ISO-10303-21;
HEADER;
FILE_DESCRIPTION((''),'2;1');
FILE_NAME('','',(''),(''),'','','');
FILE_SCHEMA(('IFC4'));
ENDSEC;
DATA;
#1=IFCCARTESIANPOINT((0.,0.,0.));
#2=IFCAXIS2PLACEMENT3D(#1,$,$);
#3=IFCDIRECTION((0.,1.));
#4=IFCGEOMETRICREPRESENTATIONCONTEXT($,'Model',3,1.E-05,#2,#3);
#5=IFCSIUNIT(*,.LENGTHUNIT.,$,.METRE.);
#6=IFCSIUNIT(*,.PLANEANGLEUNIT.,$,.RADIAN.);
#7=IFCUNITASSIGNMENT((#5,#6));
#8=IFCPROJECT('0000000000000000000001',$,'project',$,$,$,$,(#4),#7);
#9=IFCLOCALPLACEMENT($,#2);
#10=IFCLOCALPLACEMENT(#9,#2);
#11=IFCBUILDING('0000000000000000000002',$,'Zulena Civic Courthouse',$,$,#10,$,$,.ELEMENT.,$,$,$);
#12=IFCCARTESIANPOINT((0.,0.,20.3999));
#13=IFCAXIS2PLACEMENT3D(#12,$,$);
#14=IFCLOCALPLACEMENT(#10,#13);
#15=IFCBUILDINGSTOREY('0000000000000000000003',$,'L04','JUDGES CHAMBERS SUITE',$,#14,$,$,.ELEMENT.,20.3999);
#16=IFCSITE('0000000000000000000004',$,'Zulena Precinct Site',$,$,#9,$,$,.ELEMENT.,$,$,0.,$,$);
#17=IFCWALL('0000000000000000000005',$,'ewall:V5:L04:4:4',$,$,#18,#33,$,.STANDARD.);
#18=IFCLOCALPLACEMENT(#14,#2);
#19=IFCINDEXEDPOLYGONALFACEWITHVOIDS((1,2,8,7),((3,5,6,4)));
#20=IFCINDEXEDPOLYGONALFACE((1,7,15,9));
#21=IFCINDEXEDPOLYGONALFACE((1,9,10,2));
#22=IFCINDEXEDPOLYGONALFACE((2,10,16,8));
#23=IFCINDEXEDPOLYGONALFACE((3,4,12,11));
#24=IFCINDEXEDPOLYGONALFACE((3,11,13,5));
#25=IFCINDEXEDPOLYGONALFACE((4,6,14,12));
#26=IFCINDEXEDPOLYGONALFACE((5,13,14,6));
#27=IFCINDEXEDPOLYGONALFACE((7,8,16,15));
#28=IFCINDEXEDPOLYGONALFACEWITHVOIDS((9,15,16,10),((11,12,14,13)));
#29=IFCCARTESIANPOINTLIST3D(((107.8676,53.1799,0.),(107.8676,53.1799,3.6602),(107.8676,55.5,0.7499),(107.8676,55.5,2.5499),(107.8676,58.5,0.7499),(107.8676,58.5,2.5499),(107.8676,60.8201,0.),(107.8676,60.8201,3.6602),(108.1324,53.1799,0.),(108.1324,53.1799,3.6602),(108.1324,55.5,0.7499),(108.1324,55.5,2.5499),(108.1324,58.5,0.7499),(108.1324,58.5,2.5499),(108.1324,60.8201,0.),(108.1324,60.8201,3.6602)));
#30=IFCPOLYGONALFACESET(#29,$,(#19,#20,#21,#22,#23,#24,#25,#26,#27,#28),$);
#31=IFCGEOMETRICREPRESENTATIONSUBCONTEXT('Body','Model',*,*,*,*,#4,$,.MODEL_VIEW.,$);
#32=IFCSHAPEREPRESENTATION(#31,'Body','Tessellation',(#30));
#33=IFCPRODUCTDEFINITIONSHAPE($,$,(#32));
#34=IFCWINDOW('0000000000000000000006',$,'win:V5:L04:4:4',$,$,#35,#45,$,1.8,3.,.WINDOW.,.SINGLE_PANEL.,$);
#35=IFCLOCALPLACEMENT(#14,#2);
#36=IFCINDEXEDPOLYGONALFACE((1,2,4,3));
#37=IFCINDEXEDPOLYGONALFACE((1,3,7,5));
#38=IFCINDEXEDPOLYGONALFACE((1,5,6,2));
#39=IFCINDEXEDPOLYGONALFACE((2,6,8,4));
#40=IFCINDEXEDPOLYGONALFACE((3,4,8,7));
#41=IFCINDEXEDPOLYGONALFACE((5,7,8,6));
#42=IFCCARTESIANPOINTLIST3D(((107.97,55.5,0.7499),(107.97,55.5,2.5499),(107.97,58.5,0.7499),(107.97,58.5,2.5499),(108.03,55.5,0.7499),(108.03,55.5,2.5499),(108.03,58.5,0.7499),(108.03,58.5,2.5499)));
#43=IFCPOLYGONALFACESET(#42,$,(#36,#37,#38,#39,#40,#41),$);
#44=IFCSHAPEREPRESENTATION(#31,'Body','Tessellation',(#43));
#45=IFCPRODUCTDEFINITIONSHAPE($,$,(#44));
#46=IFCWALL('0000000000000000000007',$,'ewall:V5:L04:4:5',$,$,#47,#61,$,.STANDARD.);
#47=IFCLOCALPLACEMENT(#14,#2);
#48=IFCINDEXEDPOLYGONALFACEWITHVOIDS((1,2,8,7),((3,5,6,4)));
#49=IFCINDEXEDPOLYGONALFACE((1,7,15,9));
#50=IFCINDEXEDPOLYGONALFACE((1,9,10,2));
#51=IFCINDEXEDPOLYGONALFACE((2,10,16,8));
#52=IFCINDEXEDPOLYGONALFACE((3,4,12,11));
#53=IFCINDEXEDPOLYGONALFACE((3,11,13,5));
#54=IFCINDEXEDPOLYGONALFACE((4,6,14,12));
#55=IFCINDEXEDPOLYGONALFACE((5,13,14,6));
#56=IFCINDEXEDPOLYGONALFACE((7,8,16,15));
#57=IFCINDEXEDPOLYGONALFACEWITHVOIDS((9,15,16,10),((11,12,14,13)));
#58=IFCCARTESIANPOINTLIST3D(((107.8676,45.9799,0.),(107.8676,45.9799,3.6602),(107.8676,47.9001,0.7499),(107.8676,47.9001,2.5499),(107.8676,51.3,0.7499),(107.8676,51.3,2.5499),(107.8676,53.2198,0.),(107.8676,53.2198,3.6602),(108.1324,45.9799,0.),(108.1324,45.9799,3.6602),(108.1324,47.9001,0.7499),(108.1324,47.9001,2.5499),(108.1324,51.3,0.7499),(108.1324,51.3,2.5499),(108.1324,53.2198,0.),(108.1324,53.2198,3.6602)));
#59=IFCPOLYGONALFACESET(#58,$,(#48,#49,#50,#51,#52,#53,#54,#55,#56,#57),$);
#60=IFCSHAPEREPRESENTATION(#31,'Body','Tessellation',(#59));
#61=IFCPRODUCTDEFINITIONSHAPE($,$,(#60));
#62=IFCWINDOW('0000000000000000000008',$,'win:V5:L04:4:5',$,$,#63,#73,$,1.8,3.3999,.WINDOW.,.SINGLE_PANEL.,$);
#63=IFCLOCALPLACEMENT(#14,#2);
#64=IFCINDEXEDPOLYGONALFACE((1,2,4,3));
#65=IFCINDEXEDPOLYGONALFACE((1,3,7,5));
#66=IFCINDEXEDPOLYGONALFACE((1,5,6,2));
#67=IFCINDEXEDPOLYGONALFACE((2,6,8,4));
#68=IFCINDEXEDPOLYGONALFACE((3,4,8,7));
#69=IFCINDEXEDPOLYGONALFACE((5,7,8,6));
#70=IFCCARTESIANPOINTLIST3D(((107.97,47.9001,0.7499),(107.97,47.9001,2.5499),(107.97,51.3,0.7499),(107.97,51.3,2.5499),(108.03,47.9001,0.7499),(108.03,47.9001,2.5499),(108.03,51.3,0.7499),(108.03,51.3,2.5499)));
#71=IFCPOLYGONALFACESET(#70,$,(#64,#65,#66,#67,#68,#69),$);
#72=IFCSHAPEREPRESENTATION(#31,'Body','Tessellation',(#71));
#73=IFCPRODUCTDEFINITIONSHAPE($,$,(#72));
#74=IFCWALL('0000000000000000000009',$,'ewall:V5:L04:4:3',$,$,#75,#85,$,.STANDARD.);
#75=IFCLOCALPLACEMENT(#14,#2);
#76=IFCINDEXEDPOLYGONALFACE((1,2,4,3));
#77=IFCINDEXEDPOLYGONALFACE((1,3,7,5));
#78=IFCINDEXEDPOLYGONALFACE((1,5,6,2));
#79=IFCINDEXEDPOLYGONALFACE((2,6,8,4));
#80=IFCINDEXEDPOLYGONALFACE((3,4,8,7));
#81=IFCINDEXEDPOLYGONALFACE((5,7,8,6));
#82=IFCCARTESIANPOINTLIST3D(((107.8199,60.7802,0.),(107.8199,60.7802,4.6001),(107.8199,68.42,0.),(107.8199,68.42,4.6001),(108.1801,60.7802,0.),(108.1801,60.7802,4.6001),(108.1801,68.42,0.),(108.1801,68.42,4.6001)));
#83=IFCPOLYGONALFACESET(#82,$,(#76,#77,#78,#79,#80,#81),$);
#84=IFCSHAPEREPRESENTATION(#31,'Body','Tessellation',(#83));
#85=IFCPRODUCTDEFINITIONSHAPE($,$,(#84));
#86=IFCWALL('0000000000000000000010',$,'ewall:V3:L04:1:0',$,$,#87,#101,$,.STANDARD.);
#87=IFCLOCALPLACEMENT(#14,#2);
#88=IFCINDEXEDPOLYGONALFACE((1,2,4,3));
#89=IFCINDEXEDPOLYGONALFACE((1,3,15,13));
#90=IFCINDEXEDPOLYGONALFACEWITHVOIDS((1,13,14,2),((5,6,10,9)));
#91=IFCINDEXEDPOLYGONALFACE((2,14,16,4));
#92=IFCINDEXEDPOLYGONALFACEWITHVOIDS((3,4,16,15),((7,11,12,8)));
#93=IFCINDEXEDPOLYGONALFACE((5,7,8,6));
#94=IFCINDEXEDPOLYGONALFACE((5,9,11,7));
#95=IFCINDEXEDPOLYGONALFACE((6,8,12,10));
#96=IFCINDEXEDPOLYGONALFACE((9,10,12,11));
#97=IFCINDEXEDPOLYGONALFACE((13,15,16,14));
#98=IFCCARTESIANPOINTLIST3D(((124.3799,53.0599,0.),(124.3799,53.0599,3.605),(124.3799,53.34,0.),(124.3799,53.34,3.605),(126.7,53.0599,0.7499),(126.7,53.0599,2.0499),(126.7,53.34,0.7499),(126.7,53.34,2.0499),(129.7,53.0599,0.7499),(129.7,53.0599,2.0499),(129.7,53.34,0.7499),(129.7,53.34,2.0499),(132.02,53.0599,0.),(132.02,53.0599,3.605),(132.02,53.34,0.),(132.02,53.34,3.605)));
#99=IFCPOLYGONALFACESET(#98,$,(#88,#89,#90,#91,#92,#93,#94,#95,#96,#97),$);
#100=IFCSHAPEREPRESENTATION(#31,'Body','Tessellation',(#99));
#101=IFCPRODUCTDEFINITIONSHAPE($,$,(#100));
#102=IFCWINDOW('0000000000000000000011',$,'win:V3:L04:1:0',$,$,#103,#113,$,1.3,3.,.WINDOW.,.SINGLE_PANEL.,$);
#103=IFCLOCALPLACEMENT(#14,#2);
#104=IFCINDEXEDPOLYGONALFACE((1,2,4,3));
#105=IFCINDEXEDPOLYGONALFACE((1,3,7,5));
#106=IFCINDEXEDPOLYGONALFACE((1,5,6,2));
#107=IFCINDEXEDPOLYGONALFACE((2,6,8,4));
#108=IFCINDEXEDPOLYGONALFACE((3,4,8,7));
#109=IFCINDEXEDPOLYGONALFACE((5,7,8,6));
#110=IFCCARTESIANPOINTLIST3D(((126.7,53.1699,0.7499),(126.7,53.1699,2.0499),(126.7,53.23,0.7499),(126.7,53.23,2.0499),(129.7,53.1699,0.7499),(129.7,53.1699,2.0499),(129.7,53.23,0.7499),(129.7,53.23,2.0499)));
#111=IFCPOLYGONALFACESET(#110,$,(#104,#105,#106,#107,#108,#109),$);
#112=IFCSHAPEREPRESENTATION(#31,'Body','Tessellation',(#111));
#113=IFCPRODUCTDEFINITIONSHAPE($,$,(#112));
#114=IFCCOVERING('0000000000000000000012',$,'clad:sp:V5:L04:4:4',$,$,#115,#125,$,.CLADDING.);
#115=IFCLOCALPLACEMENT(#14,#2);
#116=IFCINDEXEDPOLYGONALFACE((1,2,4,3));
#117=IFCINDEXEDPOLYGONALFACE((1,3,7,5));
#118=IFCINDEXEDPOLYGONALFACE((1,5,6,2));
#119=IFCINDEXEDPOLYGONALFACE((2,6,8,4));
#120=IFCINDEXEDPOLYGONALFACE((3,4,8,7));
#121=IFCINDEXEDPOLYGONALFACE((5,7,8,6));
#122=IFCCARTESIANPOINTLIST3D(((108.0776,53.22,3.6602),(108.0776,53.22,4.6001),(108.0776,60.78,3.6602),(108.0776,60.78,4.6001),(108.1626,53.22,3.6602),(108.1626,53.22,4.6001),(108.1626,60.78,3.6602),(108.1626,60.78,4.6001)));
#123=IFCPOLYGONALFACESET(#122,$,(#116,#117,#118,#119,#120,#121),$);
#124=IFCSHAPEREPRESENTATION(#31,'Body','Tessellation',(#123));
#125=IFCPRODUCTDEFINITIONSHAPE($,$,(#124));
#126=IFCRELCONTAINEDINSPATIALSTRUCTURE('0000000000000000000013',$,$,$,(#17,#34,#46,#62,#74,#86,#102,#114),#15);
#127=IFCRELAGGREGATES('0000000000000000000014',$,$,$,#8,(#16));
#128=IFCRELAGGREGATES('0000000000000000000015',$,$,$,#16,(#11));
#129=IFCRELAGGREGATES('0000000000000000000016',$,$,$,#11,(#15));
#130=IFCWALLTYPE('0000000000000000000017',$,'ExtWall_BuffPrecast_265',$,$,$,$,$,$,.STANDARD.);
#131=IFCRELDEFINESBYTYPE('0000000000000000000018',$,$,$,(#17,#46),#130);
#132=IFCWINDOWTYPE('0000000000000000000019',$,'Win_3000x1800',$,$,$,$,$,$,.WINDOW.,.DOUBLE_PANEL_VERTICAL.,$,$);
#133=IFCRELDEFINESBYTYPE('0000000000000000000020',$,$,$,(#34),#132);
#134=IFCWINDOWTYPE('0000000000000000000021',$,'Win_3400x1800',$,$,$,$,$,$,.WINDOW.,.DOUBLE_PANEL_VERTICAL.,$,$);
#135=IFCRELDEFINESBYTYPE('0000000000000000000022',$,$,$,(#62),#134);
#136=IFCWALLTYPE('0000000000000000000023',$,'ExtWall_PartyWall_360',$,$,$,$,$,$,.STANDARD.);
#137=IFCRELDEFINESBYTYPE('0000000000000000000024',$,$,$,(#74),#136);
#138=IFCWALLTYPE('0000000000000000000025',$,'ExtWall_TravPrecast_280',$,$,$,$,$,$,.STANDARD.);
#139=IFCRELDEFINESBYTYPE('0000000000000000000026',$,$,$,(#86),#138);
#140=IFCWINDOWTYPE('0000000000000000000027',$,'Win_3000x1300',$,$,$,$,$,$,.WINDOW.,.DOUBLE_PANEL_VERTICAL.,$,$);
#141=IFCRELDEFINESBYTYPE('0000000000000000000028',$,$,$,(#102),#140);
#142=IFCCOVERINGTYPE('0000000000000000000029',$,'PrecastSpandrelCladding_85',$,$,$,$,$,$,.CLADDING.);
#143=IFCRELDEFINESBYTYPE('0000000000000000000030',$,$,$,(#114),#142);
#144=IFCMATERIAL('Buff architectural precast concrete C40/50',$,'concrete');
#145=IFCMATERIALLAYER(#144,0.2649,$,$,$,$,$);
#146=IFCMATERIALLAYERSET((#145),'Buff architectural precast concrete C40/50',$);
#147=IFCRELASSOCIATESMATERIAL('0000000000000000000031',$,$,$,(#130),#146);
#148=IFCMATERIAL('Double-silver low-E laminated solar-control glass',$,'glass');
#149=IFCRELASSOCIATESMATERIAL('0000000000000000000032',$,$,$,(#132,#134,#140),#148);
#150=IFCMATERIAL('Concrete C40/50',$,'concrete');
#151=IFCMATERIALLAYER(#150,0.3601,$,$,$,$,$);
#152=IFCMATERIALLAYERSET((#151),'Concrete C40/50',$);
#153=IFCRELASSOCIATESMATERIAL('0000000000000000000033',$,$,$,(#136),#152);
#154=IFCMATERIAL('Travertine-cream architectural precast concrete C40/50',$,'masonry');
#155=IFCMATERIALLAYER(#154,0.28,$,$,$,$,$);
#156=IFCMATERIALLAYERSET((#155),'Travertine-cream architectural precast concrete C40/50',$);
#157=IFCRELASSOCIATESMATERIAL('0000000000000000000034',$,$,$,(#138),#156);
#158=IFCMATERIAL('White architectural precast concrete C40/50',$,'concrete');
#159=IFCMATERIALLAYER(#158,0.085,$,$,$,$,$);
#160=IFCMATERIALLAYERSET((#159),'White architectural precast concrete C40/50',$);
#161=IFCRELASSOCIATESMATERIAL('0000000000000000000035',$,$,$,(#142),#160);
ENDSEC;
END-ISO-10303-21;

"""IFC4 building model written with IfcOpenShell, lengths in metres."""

from ifc_helpers import new_model, si_unit, direction, frame, frame_2d, origin, origin_2d, place, context, subcontext, project, spatial, rectangle, extrude, material, layer, layer_set, type_object, element, fill, save


model = new_model("IFC4")

# Units and contexts
model_context = context("Model", 3, precision=1e-05, world=origin(), true_north=direction((0.0, 1.0)))
body_context = subcontext(model_context, "Body", "Model", "MODEL_VIEW")
ifc_project = project(units=[si_unit("LENGTHUNIT", "METRE"), si_unit("PLANEANGLEUNIT", "RADIAN")], contexts=[model_context])

# Site, building, storey
site_placement = place(None, origin())
site = spatial("IfcSite", under=ifc_project, at=site_placement, Name="Zulena Precinct Site", CompositionType="ELEMENT", RefElevation=0.0)
building_placement = place(site_placement, origin())
building = spatial("IfcBuilding", under=site, at=building_placement, Name="Zulena Civic Courthouse", CompositionType="ELEMENT")
storey_placement = place(building_placement, frame((0.0, 0.0, 20.3999)))
storey = spatial("IfcBuildingStorey", under=building, at=storey_placement, Name="L04", Description="JUDGES CHAMBERS SUITE", CompositionType="ELEMENT", Elevation=20.3999)

# Walls, openings, windows
ifc_material_1 = material(Name="Buff architectural precast concrete C40/50", Category="concrete")
ifc_layer_1 = layer(ifc_material_1, 0.2649)
ifc_layer_set_1 = layer_set([ifc_layer_1], Name="Buff architectural precast concrete C40/50")
wall_type_1 = type_object("IfcWallType", Name="ExtWall_BuffPrecast_265", PredefinedType="STANDARD", material=ifc_layer_set_1)
wall_1_placement = place(storey_placement, frame((108.0, 60.8201, 0.0), z_axis=(0.0, 0.0, 1.0), x_axis=(0.0, -1.0, 0.0)))
wall_1 = element("IfcWall", 1, at=wall_1_placement, inside=storey, type_object=wall_type_1, Name="ewall:V5:L04:4:4", PredefinedType="STANDARD", context=body_context, shape_type="SweptSolid", body=[
    extrude(rectangle(XDim=7.6401, YDim=0.2649, at=frame_2d((3.8201, 0.0))), origin(), (0.0, 0.0, 1.0), 3.6602),
])
opening_1_placement = place(wall_1_placement, frame((2.3201, 0.0, 0.75)))
opening_1 = element("IfcOpeningElement", 2, at=opening_1_placement, cuts=wall_1, PredefinedType="OPENING", context=body_context, shape_type="SweptSolid", body=[
    extrude(rectangle(XDim=3.0, YDim=1.8, at=frame_2d((1.5, 0.8999))), frame((0.0, 0.1423, 0.0), z_axis=(0.0, -1.0, 0.0), x_axis=(1.0, 0.0, 0.0)), (0.0, 0.0, 1.0), 0.2849),
])
ifc_material_2 = material(Name="Double-silver low-E laminated solar-control glass", Category="glass")
window_type_1 = type_object("IfcWindowType", Name="Win_3000x1800", PartitioningType="DOUBLE_PANEL_VERTICAL", PredefinedType="WINDOW", material=ifc_material_2)
window_1_placement = place(opening_1_placement, origin())
window_1 = element("IfcWindow", 3, at=window_1_placement, inside=storey, type_object=window_type_1, Name="win:V5:L04:4:4", OverallHeight=1.8, OverallWidth=3.0, PartitioningType="SINGLE_PANEL", PredefinedType="WINDOW", context=body_context, shape_type="SweptSolid", body=[
    extrude(rectangle(XDim=3.0, YDim=1.8, at=frame_2d((1.5, 0.8999))), frame((0.0, 0.03, 0.0), z_axis=(0.0, -1.0, 0.0), x_axis=(1.0, 0.0, 0.0)), (0.0, 0.0, 1.0), 0.0601),
])
fill(opening_1, window_1)
wall_2_placement = place(storey_placement, frame((108.0, 53.22, 0.0), z_axis=(0.0, 0.0, 1.0), x_axis=(0.0, -1.0, 0.0)))
wall_2 = element("IfcWall", 4, at=wall_2_placement, inside=storey, type_object=wall_type_1, Name="ewall:V5:L04:4:5", PredefinedType="STANDARD", context=body_context, shape_type="SweptSolid", body=[
    extrude(rectangle(XDim=7.24, YDim=0.2649, at=frame_2d((3.6201, 0.0))), origin(), (0.0, 0.0, 1.0), 3.6602),
])
opening_2_placement = place(wall_2_placement, frame((1.9199, 0.0, 0.75)))
opening_2 = element("IfcOpeningElement", 5, at=opening_2_placement, cuts=wall_2, PredefinedType="OPENING", context=body_context, shape_type="SweptSolid", body=[
    extrude(rectangle(XDim=3.3999, YDim=1.8, at=frame_2d((1.7, 0.8999))), frame((0.0, 0.1423, 0.0), z_axis=(0.0, -1.0, 0.0), x_axis=(1.0, 0.0, 0.0)), (0.0, 0.0, 1.0), 0.2849),
])
window_type_2 = type_object("IfcWindowType", Name="Win_3400x1800", PartitioningType="DOUBLE_PANEL_VERTICAL", PredefinedType="WINDOW", material=ifc_material_2)
window_2_placement = place(opening_2_placement, origin())
window_2 = element("IfcWindow", 6, at=window_2_placement, inside=storey, type_object=window_type_2, Name="win:V5:L04:4:5", OverallHeight=1.8, OverallWidth=3.3999, PartitioningType="SINGLE_PANEL", PredefinedType="WINDOW", context=body_context, shape_type="SweptSolid", body=[
    extrude(rectangle(XDim=3.3999, YDim=1.8, at=frame_2d((1.7, 0.8999))), frame((0.0, 0.03, 0.0), z_axis=(0.0, -1.0, 0.0), x_axis=(1.0, 0.0, 0.0)), (0.0, 0.0, 1.0), 0.0601),
])
fill(opening_2, window_2)

# Wall
ifc_material_3 = material(Name="Concrete C40/50", Category="concrete")
ifc_layer_2 = layer(ifc_material_3, 0.3601)
ifc_layer_set_2 = layer_set([ifc_layer_2], Name="Concrete C40/50")
wall_type_2 = type_object("IfcWallType", Name="ExtWall_PartyWall_360", PredefinedType="STANDARD", material=ifc_layer_set_2)
wall_3_placement = place(storey_placement, frame((108.0, 68.4199, 0.0), z_axis=(0.0, 0.0, 1.0), x_axis=(0.0, -1.0, 0.0)))
element("IfcWall", 7, at=wall_3_placement, inside=storey, type_object=wall_type_2, Name="ewall:V5:L04:4:3", PredefinedType="STANDARD", context=body_context, shape_type="SweptSolid", body=[
    extrude(rectangle(XDim=7.6399, YDim=0.3601, at=frame_2d((3.8198, 0.0))), origin(), (0.0, 0.0, 1.0), 4.6001),
])

# Wall, opening, window
ifc_material_4 = material(Name="Travertine-cream architectural precast concrete C40/50", Category="masonry")
ifc_layer_3 = layer(ifc_material_4, 0.28)
ifc_layer_set_3 = layer_set([ifc_layer_3], Name="Travertine-cream architectural precast concrete C40/50")
wall_type_3 = type_object("IfcWallType", Name="ExtWall_TravPrecast_280", PredefinedType="STANDARD", material=ifc_layer_set_3)
wall_4_placement = place(storey_placement, frame((124.3799, 53.2, 0.0), z_axis=(0.0, 0.0, 1.0), x_axis=(1.0, 0.0, 0.0)))
wall_4 = element("IfcWall", 8, at=wall_4_placement, inside=storey, type_object=wall_type_3, Name="ewall:V3:L04:1:0", PredefinedType="STANDARD", context=body_context, shape_type="SweptSolid", body=[
    extrude(rectangle(XDim=7.6401, YDim=0.28, at=frame_2d((3.8201, 0.0))), origin(), (0.0, 0.0, 1.0), 3.605),
])
opening_3_placement = place(wall_4_placement, frame((2.3201, 0.0, 0.75)))
opening_3 = element("IfcOpeningElement", 9, at=opening_3_placement, cuts=wall_4, PredefinedType="OPENING", context=body_context, shape_type="SweptSolid", body=[
    extrude(rectangle(XDim=3.0, YDim=1.3, at=frame_2d((1.5, 0.6499))), frame((0.0, 0.1499, 0.0), z_axis=(0.0, -1.0, 0.0), x_axis=(1.0, 0.0, 0.0)), (0.0, 0.0, 1.0), 0.3),
])
window_type_3 = type_object("IfcWindowType", Name="Win_3000x1300", PartitioningType="DOUBLE_PANEL_VERTICAL", PredefinedType="WINDOW", material=ifc_material_2)
window_3_placement = place(opening_3_placement, origin())
window_3 = element("IfcWindow", 10, at=window_3_placement, inside=storey, type_object=window_type_3, Name="win:V3:L04:1:0", OverallHeight=1.3, OverallWidth=3.0, PartitioningType="SINGLE_PANEL", PredefinedType="WINDOW", context=body_context, shape_type="SweptSolid", body=[
    extrude(rectangle(XDim=3.0, YDim=1.3, at=frame_2d((1.5, 0.6499))), frame((0.0, 0.03, 0.0), z_axis=(0.0, -1.0, 0.0), x_axis=(1.0, 0.0, 0.0)), (0.0, 0.0, 1.0), 0.0601),
])
fill(opening_3, window_3)

# Covering
ifc_material_5 = material(Name="White architectural precast concrete C40/50", Category="concrete")
ifc_layer_4 = layer(ifc_material_5, 0.085)
ifc_layer_set_4 = layer_set([ifc_layer_4], Name="White architectural precast concrete C40/50")
covering_type = type_object("IfcCoveringType", Name="PrecastSpandrelCladding_85", PredefinedType="CLADDING", material=ifc_layer_set_4)
covering_placement = place(storey_placement, frame((108.1201, 57.0, 3.6602), z_axis=(0.0, 0.0, 1.0), x_axis=(0.0, -1.0, 0.0)))
element("IfcCovering", 11, at=covering_placement, inside=storey, type_object=covering_type, Name="clad:sp:V5:L04:4:4", PredefinedType="CLADDING", context=body_context, shape_type="SweptSolid", body=[
    extrude(rectangle(XDim=7.5601, YDim=0.085, at=origin_2d()), origin(), (0.0, 0.0, 1.0), 0.9399),
])

save(model, "model.ifc")
